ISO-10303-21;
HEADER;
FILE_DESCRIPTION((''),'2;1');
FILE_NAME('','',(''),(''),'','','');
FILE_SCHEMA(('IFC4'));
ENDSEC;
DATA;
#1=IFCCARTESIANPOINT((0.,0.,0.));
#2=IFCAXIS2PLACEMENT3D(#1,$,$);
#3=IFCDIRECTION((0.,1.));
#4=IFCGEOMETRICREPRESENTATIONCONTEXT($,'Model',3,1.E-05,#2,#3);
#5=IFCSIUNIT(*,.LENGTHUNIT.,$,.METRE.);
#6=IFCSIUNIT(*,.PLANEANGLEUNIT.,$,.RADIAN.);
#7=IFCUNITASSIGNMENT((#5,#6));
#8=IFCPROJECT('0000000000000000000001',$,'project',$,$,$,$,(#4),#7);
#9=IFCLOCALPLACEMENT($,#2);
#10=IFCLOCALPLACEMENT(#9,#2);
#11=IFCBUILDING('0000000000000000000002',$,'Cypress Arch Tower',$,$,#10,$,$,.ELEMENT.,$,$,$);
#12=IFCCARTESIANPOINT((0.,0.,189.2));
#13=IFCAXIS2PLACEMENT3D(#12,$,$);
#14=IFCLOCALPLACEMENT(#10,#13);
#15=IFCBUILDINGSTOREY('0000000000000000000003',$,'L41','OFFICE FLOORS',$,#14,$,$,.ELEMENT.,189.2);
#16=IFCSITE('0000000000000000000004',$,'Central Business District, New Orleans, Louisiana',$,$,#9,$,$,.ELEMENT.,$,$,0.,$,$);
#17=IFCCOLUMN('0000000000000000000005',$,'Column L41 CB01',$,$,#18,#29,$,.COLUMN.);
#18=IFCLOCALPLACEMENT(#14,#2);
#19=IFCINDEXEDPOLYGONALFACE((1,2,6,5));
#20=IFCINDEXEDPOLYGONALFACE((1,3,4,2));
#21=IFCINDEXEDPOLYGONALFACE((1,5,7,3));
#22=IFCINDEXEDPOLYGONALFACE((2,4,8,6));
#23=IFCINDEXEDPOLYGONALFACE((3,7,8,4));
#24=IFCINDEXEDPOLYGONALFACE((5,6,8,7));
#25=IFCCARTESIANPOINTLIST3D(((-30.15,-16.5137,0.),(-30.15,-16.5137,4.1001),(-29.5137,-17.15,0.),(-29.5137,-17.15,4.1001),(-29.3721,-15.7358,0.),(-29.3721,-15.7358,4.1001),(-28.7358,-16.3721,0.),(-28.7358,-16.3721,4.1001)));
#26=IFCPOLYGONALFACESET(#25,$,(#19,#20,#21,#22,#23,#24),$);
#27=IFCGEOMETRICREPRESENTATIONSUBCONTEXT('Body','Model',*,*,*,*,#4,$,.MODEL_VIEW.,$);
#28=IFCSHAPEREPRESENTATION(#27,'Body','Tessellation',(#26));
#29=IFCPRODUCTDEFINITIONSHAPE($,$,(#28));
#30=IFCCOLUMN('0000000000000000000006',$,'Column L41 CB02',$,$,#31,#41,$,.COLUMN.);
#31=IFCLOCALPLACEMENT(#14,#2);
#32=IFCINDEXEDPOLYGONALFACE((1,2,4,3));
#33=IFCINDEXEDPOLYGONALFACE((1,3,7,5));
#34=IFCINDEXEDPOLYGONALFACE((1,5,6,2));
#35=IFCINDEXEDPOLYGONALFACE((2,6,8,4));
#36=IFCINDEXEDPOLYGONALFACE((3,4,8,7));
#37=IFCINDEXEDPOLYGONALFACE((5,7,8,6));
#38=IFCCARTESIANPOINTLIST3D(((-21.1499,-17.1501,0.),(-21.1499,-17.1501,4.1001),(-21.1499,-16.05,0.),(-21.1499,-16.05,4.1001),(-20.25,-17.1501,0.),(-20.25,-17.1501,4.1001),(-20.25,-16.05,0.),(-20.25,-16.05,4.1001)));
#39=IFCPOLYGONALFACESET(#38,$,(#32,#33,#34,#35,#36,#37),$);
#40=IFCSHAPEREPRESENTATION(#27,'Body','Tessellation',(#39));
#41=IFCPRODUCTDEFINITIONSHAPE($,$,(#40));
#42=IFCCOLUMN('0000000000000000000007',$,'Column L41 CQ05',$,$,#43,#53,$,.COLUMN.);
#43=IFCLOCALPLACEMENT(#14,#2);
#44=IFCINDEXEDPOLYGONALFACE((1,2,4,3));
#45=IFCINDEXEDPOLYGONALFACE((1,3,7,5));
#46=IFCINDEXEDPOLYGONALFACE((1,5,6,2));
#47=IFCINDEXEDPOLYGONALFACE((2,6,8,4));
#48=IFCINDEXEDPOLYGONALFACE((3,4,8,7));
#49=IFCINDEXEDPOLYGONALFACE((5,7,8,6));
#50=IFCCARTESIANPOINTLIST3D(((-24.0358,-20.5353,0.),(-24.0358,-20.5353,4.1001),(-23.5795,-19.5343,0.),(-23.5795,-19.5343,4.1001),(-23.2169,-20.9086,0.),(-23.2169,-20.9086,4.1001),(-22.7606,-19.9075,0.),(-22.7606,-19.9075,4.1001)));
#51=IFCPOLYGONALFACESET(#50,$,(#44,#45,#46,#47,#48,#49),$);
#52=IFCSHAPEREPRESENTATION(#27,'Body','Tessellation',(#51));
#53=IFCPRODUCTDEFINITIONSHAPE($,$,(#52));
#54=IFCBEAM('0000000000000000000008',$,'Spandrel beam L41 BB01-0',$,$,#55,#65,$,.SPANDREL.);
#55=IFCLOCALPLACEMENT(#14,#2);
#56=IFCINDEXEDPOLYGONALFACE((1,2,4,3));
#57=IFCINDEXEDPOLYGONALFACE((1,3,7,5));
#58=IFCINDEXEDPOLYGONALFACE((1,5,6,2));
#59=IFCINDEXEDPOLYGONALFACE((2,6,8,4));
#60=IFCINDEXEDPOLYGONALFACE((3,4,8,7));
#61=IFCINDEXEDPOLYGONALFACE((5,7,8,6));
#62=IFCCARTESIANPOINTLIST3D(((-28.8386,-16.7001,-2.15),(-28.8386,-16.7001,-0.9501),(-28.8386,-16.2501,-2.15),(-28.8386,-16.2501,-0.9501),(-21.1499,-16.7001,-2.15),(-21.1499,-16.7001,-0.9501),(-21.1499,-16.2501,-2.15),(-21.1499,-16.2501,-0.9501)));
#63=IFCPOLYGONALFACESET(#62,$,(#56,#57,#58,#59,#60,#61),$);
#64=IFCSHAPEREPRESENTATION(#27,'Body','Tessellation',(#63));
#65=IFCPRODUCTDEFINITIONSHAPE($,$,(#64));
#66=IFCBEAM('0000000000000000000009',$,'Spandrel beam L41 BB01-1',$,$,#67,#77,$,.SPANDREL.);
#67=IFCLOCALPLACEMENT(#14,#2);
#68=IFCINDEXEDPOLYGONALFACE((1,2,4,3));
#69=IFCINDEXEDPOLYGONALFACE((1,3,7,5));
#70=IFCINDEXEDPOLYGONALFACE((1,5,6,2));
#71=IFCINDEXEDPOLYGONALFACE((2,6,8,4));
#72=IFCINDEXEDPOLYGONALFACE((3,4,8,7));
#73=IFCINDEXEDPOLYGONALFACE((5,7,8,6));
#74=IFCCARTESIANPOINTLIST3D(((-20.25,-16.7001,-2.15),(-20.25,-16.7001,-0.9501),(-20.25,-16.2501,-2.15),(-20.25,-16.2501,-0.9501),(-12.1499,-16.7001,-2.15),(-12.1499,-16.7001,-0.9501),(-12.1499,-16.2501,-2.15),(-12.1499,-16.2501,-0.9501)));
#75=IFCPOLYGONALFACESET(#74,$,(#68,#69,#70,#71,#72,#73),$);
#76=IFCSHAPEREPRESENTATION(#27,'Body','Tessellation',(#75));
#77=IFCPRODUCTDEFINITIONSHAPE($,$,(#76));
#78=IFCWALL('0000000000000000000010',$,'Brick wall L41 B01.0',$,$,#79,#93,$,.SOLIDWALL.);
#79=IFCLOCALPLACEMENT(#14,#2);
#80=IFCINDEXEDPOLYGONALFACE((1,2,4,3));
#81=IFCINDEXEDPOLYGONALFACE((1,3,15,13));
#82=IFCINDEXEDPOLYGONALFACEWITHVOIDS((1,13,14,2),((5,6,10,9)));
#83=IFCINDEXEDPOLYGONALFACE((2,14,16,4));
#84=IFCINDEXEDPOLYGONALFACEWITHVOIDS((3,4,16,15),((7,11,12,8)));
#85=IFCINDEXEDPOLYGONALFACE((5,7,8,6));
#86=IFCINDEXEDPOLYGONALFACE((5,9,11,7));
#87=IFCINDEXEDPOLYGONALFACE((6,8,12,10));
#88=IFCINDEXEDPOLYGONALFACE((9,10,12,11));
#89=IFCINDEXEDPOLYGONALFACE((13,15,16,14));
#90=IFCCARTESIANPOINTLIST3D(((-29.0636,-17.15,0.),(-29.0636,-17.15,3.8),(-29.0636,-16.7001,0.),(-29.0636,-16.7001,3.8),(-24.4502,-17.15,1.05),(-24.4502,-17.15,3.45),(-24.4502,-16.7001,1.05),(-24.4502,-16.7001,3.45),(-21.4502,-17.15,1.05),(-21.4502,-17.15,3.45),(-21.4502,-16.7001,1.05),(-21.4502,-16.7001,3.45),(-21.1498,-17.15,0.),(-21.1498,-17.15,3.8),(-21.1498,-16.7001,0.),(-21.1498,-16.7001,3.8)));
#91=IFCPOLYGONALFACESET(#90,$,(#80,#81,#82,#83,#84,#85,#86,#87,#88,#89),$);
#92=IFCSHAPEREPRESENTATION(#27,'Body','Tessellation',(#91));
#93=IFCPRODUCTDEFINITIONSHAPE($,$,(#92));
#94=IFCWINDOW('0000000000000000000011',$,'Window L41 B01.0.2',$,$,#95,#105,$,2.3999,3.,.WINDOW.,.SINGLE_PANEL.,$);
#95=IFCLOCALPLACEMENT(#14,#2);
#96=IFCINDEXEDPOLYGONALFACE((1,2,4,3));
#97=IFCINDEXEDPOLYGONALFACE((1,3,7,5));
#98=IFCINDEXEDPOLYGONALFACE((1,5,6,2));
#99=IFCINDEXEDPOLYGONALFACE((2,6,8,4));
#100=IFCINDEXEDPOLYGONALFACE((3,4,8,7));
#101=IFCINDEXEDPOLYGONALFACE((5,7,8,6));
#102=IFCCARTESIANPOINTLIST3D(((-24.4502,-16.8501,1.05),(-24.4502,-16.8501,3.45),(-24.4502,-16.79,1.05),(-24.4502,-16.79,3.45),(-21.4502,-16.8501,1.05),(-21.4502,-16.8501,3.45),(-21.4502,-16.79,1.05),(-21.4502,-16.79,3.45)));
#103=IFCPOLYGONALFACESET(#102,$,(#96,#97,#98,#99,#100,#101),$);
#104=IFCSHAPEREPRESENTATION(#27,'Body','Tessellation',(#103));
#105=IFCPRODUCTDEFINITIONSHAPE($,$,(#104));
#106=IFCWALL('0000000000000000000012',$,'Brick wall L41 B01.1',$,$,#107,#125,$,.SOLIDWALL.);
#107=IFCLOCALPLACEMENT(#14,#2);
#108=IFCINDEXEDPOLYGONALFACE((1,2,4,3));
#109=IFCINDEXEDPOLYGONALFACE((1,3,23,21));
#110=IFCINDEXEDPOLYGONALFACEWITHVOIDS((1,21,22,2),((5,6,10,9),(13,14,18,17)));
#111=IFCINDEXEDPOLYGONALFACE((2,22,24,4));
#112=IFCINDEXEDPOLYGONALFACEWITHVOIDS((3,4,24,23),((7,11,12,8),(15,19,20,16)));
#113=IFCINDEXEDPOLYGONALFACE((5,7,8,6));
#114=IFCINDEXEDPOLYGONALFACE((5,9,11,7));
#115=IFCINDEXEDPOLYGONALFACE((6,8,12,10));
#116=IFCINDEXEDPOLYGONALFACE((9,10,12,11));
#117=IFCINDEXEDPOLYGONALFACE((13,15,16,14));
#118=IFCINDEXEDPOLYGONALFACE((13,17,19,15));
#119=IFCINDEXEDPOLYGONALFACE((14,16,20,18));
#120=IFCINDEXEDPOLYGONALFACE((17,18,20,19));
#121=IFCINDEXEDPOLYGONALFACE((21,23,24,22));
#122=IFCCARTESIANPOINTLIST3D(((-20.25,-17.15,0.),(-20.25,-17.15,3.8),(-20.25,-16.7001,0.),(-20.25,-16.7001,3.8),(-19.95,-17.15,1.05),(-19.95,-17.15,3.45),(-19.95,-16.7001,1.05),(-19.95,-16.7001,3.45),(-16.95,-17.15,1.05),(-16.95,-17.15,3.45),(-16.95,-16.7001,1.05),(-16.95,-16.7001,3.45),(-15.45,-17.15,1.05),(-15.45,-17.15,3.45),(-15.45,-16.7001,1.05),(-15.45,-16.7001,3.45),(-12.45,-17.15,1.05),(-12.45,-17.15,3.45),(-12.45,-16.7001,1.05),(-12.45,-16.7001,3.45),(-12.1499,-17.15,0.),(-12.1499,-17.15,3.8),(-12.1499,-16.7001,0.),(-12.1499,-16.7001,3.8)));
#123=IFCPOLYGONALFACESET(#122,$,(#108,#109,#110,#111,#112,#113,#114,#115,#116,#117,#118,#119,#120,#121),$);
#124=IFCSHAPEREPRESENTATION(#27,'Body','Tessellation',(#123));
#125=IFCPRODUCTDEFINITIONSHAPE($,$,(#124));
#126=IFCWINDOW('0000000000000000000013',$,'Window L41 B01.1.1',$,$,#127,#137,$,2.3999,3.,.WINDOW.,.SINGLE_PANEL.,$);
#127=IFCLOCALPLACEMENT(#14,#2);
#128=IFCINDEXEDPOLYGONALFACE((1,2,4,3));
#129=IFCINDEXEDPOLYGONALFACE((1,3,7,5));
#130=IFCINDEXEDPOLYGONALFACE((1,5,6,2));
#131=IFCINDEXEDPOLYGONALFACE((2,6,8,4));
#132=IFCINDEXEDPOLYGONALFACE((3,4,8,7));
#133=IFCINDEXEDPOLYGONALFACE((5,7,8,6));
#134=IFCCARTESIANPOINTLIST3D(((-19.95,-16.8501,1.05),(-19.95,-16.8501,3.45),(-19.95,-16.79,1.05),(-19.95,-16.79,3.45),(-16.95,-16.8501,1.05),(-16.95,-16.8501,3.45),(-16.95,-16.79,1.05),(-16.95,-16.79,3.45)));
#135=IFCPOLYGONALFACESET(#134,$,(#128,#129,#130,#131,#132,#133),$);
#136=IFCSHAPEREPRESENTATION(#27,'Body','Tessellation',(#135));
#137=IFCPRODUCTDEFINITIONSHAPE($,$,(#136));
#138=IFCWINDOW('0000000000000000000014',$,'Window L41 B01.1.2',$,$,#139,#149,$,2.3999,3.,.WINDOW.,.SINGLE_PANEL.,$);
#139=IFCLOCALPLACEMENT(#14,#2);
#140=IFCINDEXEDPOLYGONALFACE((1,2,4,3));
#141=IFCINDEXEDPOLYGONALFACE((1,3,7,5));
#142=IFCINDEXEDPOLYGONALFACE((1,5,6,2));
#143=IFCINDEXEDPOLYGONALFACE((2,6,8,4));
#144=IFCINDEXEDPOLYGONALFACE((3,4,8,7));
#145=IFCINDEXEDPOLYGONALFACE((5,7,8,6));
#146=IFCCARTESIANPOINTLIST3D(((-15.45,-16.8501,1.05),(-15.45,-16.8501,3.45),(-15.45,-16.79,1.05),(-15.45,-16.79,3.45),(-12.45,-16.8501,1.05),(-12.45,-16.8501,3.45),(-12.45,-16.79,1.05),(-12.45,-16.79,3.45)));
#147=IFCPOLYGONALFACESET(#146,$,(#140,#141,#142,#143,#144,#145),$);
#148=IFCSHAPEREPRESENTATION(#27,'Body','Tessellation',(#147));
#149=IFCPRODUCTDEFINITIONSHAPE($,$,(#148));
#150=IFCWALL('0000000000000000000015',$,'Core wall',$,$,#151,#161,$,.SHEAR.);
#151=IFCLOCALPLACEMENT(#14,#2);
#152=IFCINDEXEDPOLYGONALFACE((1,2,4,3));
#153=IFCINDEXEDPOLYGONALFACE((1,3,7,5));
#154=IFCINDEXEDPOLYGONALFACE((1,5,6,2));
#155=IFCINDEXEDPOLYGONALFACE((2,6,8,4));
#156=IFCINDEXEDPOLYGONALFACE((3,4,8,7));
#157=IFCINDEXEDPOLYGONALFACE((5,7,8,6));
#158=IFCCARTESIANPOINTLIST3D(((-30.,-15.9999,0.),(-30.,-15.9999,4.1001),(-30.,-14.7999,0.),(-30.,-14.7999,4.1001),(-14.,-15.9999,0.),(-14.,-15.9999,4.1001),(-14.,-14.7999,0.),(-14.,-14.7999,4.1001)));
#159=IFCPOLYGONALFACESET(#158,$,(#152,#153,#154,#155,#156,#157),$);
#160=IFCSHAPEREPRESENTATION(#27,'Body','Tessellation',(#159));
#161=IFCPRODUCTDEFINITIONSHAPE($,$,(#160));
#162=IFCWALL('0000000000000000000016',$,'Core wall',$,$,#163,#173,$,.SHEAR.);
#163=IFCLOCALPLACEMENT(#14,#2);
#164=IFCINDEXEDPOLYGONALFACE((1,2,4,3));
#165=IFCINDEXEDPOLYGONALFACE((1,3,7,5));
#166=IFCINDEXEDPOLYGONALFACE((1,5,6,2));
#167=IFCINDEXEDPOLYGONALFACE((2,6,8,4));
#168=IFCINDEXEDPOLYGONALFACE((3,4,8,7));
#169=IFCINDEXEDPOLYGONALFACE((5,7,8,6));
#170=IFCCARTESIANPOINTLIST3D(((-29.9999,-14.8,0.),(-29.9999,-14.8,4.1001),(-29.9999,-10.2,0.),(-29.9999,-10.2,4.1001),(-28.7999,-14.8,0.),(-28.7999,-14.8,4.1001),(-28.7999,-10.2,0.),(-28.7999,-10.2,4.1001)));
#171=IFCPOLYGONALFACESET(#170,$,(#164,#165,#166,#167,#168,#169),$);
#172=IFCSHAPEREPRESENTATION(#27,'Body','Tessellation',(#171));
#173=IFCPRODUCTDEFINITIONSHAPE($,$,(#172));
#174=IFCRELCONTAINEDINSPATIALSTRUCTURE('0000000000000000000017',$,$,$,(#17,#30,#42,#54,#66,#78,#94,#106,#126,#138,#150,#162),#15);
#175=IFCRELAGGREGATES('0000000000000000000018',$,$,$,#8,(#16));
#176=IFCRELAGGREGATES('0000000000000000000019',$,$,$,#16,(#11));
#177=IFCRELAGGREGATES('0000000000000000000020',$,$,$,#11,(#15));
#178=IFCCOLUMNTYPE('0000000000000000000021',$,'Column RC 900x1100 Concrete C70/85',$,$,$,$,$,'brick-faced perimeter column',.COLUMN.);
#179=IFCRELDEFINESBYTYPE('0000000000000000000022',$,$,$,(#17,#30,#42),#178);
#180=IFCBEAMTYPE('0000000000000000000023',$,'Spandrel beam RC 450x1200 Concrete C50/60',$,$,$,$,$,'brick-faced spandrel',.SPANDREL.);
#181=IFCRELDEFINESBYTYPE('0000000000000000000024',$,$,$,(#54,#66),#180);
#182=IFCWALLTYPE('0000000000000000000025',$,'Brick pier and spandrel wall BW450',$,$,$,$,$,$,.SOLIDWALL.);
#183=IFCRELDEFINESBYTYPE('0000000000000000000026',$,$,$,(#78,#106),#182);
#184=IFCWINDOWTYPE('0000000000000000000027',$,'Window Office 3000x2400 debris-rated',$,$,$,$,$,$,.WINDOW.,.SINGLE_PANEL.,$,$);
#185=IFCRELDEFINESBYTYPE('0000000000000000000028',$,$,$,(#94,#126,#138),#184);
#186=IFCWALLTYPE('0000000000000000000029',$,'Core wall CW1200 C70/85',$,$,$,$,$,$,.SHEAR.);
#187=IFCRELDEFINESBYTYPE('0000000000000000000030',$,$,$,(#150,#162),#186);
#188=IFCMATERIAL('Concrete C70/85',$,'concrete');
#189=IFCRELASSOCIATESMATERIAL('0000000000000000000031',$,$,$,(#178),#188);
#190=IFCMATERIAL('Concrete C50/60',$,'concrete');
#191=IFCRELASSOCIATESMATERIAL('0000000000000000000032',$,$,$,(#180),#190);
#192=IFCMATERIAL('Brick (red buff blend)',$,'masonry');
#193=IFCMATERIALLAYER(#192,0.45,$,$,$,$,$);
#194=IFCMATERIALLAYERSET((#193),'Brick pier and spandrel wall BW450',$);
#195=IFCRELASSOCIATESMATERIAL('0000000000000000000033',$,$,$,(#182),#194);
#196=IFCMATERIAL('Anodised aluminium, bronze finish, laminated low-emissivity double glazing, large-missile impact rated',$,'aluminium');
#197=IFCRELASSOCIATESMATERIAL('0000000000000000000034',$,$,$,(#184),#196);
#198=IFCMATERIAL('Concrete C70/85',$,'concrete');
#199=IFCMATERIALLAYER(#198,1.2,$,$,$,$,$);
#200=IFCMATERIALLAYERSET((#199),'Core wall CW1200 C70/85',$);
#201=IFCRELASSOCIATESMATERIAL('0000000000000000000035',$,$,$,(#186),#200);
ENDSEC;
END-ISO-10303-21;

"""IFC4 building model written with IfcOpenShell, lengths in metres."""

from ifc_helpers import new_model, si_unit, direction, frame, frame_2d, origin, origin_2d, place, context, subcontext, project, spatial, rectangle, extrude, material, layer, layer_set, material_profile, profile_set, type_object, element, fill, save


model = new_model("IFC4")

# Units and contexts
model_context = context("Model", 3, precision=1e-05, world=origin(), true_north=direction((0.0, 1.0)))
body_context = subcontext(model_context, "Body", "Model", "MODEL_VIEW")
ifc_project = project(units=[si_unit("LENGTHUNIT", "METRE"), si_unit("PLANEANGLEUNIT", "RADIAN")], contexts=[model_context])

# Site, building, storey
site_placement = place(None, origin())
site = spatial("IfcSite", under=ifc_project, at=site_placement, Name="Central Business District, New Orleans, Louisiana", CompositionType="ELEMENT", RefElevation=0.0)
building_placement = place(site_placement, origin())
building = spatial("IfcBuilding", under=site, at=building_placement, Name="Cypress Arch Tower", CompositionType="ELEMENT")
storey_placement = place(building_placement, frame((0.0, 0.0, 189.2)))
storey = spatial("IfcBuildingStorey", under=building, at=storey_placement, Name="L41", Description="OFFICE FLOORS", CompositionType="ELEMENT", Elevation=189.2)

# Columns
ifc_material_1 = material(Name="Concrete C70/85", Category="concrete")
ifc_material_profile_1 = material_profile(ifc_material_1, rectangle(XDim=0.8999, YDim=1.1001, at=origin_2d()), Name="RC 900x1100")
ifc_profile_set_1 = profile_set([ifc_material_profile_1], Name="Concrete C70/85")
column_type = type_object("IfcColumnType", Name="Column RC 900x1100 Concrete C70/85", ElementType="brick-faced perimeter column", PredefinedType="COLUMN", material=ifc_profile_set_1)
for number, where, z_axis, x_axis, name in (
    (1, (-29.4429, -16.4429, 0.0), (0.0, 0.0, 1.0), (0.707107, -0.707107, 0.0), "Column L41 CB01"),
    (2, (-20.7, -16.6001, 0.0), (0.0, 0.0, 1.0), (1.0, 0.0, 0.0), "Column L41 CB02"),
    (3, (-23.3982, -20.2214, 0.0), (0.0, 0.0, 1.0), (0.909932, -0.414757, 0.0), "Column L41 CQ05"),
):
    element("IfcColumn", number, at=place(storey_placement, frame(where, z_axis=z_axis, x_axis=x_axis)), inside=storey, type_object=column_type, Name=name, PredefinedType="COLUMN", context=body_context, shape_type="SweptSolid", body=[
        extrude(rectangle(XDim=0.8999, YDim=1.1001, at=origin_2d()), origin(), (0.0, 0.0, 1.0), 4.1001),
    ])

# Beams
ifc_material_2 = material(Name="Concrete C50/60", Category="concrete")
ifc_material_profile_2 = material_profile(ifc_material_2, rectangle(XDim=0.45, YDim=1.2, at=origin_2d()), Name="RC 450x1200")
ifc_profile_set_2 = profile_set([ifc_material_profile_2], Name="Concrete C50/60")
beam_type = type_object("IfcBeamType", Name="Spandrel beam RC 450x1200 Concrete C50/60", ElementType="brick-faced spandrel", PredefinedType="SPANDREL", material=ifc_profile_set_2)
beam_1_placement = place(storey_placement, frame((-28.8386, -16.4751, -1.55), z_axis=(1.0, 0.0, 0.0), x_axis=(0.0, 1.0, 0.0)))
element("IfcBeam", 4, at=beam_1_placement, inside=storey, type_object=beam_type, Name="Spandrel beam L41 BB01-0", PredefinedType="SPANDREL", context=body_context, shape_type="SweptSolid", body=[
    extrude(rectangle(XDim=0.45, YDim=1.2, at=origin_2d()), origin(), (0.0, 0.0, 1.0), 7.6887),
])
beam_2_placement = place(storey_placement, frame((-20.25, -16.4751, -1.55), z_axis=(1.0, 0.0, 0.0), x_axis=(0.0, 1.0, 0.0)))
element("IfcBeam", 5, at=beam_2_placement, inside=storey, type_object=beam_type, Name="Spandrel beam L41 BB01-1", PredefinedType="SPANDREL", context=body_context, shape_type="SweptSolid", body=[
    extrude(rectangle(XDim=0.45, YDim=1.2, at=origin_2d()), origin(), (0.0, 0.0, 1.0), 8.1001),
])

# Wall, opening, window
ifc_material_3 = material(Name="Brick (red buff blend)", Category="masonry")
ifc_layer_1 = layer(ifc_material_3, 0.45)
ifc_layer_set_1 = layer_set([ifc_layer_1], Name="Brick pier and spandrel wall BW450")
wall_type_1 = type_object("IfcWallType", Name="Brick pier and spandrel wall BW450", PredefinedType="SOLIDWALL", material=ifc_layer_set_1)
wall_1_placement = place(storey_placement, frame((-29.0637, -16.925, 0.0), z_axis=(0.0, 0.0, 1.0), x_axis=(1.0, 0.0, 0.0)))
wall_1 = element("IfcWall", 6, at=wall_1_placement, inside=storey, type_object=wall_type_1, Name="Brick wall L41 B01.0", PredefinedType="SOLIDWALL", context=body_context, shape_type="SweptSolid", body=[
    extrude(rectangle(XDim=7.9138, YDim=0.45, at=frame_2d((3.957, 0.0))), origin(), (0.0, 0.0, 1.0), 3.8),
])
opening_1_placement = place(wall_1_placement, frame((4.6135, 0.0, 1.05)))
opening_1 = element("IfcOpeningElement", 7, at=opening_1_placement, cuts=wall_1, PredefinedType="OPENING", context=body_context, shape_type="SweptSolid", body=[
    extrude(rectangle(XDim=3.0, YDim=2.3999, at=frame_2d((1.5, 1.2))), frame((0.0, 0.2349, 0.0), z_axis=(0.0, -1.0, 0.0), x_axis=(1.0, 0.0, 0.0)), (0.0, 0.0, 1.0), 0.47),
])
ifc_material_4 = material(Name="Anodised aluminium, bronze finish, laminated low-emissivity double glazing, large-missile impact rated", Category="aluminium")
window_type = type_object("IfcWindowType", Name="Window Office 3000x2400 debris-rated", PartitioningType="SINGLE_PANEL", PredefinedType="WINDOW", material=ifc_material_4)
window_1_placement = place(opening_1_placement, origin())
window_1 = element("IfcWindow", 8, at=window_1_placement, inside=storey, type_object=window_type, Name="Window L41 B01.0.2", OverallHeight=2.3999, OverallWidth=3.0, PartitioningType="SINGLE_PANEL", PredefinedType="WINDOW", context=body_context, shape_type="SweptSolid", body=[
    extrude(rectangle(XDim=3.0, YDim=2.3999, at=frame_2d((1.5, 1.2))), frame((0.0, 0.135, 0.0), z_axis=(0.0, -1.0, 0.0), x_axis=(1.0, 0.0, 0.0)), (0.0, 0.0, 1.0), 0.0601),
])
fill(opening_1, window_1)

# Wall, openings, windows
wall_2_placement = place(storey_placement, frame((-20.25, -16.925, 0.0), z_axis=(0.0, 0.0, 1.0), x_axis=(1.0, 0.0, 0.0)))
wall_2 = element("IfcWall", 9, at=wall_2_placement, inside=storey, type_object=wall_type_1, Name="Brick wall L41 B01.1", PredefinedType="SOLIDWALL", context=body_context, shape_type="SweptSolid", body=[
    extrude(rectangle(XDim=8.1001, YDim=0.45, at=frame_2d((4.05, 0.0))), origin(), (0.0, 0.0, 1.0), 3.8),
])
opening_2_placement = place(wall_2_placement, frame((0.3, 0.0, 1.05)))
opening_2 = element("IfcOpeningElement", 10, at=opening_2_placement, cuts=wall_2, PredefinedType="OPENING", context=body_context, shape_type="SweptSolid", body=[
    extrude(rectangle(XDim=3.0, YDim=2.3999, at=frame_2d((1.5, 1.2))), frame((0.0, 0.2349, 0.0), z_axis=(0.0, -1.0, 0.0), x_axis=(1.0, 0.0, 0.0)), (0.0, 0.0, 1.0), 0.47),
])
opening_3_placement = place(wall_2_placement, frame((4.8, 0.0, 1.05)))
opening_3 = element("IfcOpeningElement", 11, at=opening_3_placement, cuts=wall_2, PredefinedType="OPENING", context=body_context, shape_type="SweptSolid", body=[
    extrude(rectangle(XDim=3.0, YDim=2.3999, at=frame_2d((1.5, 1.2))), frame((0.0, 0.2349, 0.0), z_axis=(0.0, -1.0, 0.0), x_axis=(1.0, 0.0, 0.0)), (0.0, 0.0, 1.0), 0.47),
])
window_2_placement = place(opening_2_placement, origin())
window_2 = element("IfcWindow", 12, at=window_2_placement, inside=storey, type_object=window_type, Name="Window L41 B01.1.1", OverallHeight=2.3999, OverallWidth=3.0, PartitioningType="SINGLE_PANEL", PredefinedType="WINDOW", context=body_context, shape_type="SweptSolid", body=[
    extrude(rectangle(XDim=3.0, YDim=2.3999, at=frame_2d((1.5, 1.2))), frame((0.0, 0.135, 0.0), z_axis=(0.0, -1.0, 0.0), x_axis=(1.0, 0.0, 0.0)), (0.0, 0.0, 1.0), 0.0601),
])
fill(opening_2, window_2)
window_3_placement = place(opening_3_placement, origin())
window_3 = element("IfcWindow", 13, at=window_3_placement, inside=storey, type_object=window_type, Name="Window L41 B01.1.2", OverallHeight=2.3999, OverallWidth=3.0, PartitioningType="SINGLE_PANEL", PredefinedType="WINDOW", context=body_context, shape_type="SweptSolid", body=[
    extrude(rectangle(XDim=3.0, YDim=2.3999, at=frame_2d((1.5, 1.2))), frame((0.0, 0.135, 0.0), z_axis=(0.0, -1.0, 0.0), x_axis=(1.0, 0.0, 0.0)), (0.0, 0.0, 1.0), 0.0601),
])
fill(opening_3, window_3)

# Walls
ifc_material_5 = material(Name="Concrete C70/85", Category="concrete")
ifc_layer_2 = layer(ifc_material_5, 1.2)
ifc_layer_set_2 = layer_set([ifc_layer_2], Name="Core wall CW1200 C70/85")
wall_type_2 = type_object("IfcWallType", Name="Core wall CW1200 C70/85", PredefinedType="SHEAR", material=ifc_layer_set_2)
wall_3_placement = place(storey_placement, frame((-30.0, -15.3999, 0.0), z_axis=(0.0, 0.0, 1.0), x_axis=(1.0, 0.0, 0.0)))
element("IfcWall", 14, at=wall_3_placement, inside=storey, type_object=wall_type_2, Name="Core wall", PredefinedType="SHEAR", context=body_context, shape_type="SweptSolid", body=[
    extrude(rectangle(XDim=16.0, YDim=1.2, at=frame_2d((8.0, 0.0))), origin(), (0.0, 0.0, 1.0), 4.1001),
])
wall_4_placement = place(storey_placement, frame((-29.3999, -14.8, 0.0), z_axis=(0.0, 0.0, 1.0), x_axis=(0.0, 1.0, 0.0)))
element("IfcWall", 15, at=wall_4_placement, inside=storey, type_object=wall_type_2, Name="Core wall", PredefinedType="SHEAR", context=body_context, shape_type="SweptSolid", body=[
    extrude(rectangle(XDim=4.6001, YDim=1.2, at=frame_2d((2.3, 0.0))), origin(), (0.0, 0.0, 1.0), 4.1001),
])

save(model, "model.ifc")
